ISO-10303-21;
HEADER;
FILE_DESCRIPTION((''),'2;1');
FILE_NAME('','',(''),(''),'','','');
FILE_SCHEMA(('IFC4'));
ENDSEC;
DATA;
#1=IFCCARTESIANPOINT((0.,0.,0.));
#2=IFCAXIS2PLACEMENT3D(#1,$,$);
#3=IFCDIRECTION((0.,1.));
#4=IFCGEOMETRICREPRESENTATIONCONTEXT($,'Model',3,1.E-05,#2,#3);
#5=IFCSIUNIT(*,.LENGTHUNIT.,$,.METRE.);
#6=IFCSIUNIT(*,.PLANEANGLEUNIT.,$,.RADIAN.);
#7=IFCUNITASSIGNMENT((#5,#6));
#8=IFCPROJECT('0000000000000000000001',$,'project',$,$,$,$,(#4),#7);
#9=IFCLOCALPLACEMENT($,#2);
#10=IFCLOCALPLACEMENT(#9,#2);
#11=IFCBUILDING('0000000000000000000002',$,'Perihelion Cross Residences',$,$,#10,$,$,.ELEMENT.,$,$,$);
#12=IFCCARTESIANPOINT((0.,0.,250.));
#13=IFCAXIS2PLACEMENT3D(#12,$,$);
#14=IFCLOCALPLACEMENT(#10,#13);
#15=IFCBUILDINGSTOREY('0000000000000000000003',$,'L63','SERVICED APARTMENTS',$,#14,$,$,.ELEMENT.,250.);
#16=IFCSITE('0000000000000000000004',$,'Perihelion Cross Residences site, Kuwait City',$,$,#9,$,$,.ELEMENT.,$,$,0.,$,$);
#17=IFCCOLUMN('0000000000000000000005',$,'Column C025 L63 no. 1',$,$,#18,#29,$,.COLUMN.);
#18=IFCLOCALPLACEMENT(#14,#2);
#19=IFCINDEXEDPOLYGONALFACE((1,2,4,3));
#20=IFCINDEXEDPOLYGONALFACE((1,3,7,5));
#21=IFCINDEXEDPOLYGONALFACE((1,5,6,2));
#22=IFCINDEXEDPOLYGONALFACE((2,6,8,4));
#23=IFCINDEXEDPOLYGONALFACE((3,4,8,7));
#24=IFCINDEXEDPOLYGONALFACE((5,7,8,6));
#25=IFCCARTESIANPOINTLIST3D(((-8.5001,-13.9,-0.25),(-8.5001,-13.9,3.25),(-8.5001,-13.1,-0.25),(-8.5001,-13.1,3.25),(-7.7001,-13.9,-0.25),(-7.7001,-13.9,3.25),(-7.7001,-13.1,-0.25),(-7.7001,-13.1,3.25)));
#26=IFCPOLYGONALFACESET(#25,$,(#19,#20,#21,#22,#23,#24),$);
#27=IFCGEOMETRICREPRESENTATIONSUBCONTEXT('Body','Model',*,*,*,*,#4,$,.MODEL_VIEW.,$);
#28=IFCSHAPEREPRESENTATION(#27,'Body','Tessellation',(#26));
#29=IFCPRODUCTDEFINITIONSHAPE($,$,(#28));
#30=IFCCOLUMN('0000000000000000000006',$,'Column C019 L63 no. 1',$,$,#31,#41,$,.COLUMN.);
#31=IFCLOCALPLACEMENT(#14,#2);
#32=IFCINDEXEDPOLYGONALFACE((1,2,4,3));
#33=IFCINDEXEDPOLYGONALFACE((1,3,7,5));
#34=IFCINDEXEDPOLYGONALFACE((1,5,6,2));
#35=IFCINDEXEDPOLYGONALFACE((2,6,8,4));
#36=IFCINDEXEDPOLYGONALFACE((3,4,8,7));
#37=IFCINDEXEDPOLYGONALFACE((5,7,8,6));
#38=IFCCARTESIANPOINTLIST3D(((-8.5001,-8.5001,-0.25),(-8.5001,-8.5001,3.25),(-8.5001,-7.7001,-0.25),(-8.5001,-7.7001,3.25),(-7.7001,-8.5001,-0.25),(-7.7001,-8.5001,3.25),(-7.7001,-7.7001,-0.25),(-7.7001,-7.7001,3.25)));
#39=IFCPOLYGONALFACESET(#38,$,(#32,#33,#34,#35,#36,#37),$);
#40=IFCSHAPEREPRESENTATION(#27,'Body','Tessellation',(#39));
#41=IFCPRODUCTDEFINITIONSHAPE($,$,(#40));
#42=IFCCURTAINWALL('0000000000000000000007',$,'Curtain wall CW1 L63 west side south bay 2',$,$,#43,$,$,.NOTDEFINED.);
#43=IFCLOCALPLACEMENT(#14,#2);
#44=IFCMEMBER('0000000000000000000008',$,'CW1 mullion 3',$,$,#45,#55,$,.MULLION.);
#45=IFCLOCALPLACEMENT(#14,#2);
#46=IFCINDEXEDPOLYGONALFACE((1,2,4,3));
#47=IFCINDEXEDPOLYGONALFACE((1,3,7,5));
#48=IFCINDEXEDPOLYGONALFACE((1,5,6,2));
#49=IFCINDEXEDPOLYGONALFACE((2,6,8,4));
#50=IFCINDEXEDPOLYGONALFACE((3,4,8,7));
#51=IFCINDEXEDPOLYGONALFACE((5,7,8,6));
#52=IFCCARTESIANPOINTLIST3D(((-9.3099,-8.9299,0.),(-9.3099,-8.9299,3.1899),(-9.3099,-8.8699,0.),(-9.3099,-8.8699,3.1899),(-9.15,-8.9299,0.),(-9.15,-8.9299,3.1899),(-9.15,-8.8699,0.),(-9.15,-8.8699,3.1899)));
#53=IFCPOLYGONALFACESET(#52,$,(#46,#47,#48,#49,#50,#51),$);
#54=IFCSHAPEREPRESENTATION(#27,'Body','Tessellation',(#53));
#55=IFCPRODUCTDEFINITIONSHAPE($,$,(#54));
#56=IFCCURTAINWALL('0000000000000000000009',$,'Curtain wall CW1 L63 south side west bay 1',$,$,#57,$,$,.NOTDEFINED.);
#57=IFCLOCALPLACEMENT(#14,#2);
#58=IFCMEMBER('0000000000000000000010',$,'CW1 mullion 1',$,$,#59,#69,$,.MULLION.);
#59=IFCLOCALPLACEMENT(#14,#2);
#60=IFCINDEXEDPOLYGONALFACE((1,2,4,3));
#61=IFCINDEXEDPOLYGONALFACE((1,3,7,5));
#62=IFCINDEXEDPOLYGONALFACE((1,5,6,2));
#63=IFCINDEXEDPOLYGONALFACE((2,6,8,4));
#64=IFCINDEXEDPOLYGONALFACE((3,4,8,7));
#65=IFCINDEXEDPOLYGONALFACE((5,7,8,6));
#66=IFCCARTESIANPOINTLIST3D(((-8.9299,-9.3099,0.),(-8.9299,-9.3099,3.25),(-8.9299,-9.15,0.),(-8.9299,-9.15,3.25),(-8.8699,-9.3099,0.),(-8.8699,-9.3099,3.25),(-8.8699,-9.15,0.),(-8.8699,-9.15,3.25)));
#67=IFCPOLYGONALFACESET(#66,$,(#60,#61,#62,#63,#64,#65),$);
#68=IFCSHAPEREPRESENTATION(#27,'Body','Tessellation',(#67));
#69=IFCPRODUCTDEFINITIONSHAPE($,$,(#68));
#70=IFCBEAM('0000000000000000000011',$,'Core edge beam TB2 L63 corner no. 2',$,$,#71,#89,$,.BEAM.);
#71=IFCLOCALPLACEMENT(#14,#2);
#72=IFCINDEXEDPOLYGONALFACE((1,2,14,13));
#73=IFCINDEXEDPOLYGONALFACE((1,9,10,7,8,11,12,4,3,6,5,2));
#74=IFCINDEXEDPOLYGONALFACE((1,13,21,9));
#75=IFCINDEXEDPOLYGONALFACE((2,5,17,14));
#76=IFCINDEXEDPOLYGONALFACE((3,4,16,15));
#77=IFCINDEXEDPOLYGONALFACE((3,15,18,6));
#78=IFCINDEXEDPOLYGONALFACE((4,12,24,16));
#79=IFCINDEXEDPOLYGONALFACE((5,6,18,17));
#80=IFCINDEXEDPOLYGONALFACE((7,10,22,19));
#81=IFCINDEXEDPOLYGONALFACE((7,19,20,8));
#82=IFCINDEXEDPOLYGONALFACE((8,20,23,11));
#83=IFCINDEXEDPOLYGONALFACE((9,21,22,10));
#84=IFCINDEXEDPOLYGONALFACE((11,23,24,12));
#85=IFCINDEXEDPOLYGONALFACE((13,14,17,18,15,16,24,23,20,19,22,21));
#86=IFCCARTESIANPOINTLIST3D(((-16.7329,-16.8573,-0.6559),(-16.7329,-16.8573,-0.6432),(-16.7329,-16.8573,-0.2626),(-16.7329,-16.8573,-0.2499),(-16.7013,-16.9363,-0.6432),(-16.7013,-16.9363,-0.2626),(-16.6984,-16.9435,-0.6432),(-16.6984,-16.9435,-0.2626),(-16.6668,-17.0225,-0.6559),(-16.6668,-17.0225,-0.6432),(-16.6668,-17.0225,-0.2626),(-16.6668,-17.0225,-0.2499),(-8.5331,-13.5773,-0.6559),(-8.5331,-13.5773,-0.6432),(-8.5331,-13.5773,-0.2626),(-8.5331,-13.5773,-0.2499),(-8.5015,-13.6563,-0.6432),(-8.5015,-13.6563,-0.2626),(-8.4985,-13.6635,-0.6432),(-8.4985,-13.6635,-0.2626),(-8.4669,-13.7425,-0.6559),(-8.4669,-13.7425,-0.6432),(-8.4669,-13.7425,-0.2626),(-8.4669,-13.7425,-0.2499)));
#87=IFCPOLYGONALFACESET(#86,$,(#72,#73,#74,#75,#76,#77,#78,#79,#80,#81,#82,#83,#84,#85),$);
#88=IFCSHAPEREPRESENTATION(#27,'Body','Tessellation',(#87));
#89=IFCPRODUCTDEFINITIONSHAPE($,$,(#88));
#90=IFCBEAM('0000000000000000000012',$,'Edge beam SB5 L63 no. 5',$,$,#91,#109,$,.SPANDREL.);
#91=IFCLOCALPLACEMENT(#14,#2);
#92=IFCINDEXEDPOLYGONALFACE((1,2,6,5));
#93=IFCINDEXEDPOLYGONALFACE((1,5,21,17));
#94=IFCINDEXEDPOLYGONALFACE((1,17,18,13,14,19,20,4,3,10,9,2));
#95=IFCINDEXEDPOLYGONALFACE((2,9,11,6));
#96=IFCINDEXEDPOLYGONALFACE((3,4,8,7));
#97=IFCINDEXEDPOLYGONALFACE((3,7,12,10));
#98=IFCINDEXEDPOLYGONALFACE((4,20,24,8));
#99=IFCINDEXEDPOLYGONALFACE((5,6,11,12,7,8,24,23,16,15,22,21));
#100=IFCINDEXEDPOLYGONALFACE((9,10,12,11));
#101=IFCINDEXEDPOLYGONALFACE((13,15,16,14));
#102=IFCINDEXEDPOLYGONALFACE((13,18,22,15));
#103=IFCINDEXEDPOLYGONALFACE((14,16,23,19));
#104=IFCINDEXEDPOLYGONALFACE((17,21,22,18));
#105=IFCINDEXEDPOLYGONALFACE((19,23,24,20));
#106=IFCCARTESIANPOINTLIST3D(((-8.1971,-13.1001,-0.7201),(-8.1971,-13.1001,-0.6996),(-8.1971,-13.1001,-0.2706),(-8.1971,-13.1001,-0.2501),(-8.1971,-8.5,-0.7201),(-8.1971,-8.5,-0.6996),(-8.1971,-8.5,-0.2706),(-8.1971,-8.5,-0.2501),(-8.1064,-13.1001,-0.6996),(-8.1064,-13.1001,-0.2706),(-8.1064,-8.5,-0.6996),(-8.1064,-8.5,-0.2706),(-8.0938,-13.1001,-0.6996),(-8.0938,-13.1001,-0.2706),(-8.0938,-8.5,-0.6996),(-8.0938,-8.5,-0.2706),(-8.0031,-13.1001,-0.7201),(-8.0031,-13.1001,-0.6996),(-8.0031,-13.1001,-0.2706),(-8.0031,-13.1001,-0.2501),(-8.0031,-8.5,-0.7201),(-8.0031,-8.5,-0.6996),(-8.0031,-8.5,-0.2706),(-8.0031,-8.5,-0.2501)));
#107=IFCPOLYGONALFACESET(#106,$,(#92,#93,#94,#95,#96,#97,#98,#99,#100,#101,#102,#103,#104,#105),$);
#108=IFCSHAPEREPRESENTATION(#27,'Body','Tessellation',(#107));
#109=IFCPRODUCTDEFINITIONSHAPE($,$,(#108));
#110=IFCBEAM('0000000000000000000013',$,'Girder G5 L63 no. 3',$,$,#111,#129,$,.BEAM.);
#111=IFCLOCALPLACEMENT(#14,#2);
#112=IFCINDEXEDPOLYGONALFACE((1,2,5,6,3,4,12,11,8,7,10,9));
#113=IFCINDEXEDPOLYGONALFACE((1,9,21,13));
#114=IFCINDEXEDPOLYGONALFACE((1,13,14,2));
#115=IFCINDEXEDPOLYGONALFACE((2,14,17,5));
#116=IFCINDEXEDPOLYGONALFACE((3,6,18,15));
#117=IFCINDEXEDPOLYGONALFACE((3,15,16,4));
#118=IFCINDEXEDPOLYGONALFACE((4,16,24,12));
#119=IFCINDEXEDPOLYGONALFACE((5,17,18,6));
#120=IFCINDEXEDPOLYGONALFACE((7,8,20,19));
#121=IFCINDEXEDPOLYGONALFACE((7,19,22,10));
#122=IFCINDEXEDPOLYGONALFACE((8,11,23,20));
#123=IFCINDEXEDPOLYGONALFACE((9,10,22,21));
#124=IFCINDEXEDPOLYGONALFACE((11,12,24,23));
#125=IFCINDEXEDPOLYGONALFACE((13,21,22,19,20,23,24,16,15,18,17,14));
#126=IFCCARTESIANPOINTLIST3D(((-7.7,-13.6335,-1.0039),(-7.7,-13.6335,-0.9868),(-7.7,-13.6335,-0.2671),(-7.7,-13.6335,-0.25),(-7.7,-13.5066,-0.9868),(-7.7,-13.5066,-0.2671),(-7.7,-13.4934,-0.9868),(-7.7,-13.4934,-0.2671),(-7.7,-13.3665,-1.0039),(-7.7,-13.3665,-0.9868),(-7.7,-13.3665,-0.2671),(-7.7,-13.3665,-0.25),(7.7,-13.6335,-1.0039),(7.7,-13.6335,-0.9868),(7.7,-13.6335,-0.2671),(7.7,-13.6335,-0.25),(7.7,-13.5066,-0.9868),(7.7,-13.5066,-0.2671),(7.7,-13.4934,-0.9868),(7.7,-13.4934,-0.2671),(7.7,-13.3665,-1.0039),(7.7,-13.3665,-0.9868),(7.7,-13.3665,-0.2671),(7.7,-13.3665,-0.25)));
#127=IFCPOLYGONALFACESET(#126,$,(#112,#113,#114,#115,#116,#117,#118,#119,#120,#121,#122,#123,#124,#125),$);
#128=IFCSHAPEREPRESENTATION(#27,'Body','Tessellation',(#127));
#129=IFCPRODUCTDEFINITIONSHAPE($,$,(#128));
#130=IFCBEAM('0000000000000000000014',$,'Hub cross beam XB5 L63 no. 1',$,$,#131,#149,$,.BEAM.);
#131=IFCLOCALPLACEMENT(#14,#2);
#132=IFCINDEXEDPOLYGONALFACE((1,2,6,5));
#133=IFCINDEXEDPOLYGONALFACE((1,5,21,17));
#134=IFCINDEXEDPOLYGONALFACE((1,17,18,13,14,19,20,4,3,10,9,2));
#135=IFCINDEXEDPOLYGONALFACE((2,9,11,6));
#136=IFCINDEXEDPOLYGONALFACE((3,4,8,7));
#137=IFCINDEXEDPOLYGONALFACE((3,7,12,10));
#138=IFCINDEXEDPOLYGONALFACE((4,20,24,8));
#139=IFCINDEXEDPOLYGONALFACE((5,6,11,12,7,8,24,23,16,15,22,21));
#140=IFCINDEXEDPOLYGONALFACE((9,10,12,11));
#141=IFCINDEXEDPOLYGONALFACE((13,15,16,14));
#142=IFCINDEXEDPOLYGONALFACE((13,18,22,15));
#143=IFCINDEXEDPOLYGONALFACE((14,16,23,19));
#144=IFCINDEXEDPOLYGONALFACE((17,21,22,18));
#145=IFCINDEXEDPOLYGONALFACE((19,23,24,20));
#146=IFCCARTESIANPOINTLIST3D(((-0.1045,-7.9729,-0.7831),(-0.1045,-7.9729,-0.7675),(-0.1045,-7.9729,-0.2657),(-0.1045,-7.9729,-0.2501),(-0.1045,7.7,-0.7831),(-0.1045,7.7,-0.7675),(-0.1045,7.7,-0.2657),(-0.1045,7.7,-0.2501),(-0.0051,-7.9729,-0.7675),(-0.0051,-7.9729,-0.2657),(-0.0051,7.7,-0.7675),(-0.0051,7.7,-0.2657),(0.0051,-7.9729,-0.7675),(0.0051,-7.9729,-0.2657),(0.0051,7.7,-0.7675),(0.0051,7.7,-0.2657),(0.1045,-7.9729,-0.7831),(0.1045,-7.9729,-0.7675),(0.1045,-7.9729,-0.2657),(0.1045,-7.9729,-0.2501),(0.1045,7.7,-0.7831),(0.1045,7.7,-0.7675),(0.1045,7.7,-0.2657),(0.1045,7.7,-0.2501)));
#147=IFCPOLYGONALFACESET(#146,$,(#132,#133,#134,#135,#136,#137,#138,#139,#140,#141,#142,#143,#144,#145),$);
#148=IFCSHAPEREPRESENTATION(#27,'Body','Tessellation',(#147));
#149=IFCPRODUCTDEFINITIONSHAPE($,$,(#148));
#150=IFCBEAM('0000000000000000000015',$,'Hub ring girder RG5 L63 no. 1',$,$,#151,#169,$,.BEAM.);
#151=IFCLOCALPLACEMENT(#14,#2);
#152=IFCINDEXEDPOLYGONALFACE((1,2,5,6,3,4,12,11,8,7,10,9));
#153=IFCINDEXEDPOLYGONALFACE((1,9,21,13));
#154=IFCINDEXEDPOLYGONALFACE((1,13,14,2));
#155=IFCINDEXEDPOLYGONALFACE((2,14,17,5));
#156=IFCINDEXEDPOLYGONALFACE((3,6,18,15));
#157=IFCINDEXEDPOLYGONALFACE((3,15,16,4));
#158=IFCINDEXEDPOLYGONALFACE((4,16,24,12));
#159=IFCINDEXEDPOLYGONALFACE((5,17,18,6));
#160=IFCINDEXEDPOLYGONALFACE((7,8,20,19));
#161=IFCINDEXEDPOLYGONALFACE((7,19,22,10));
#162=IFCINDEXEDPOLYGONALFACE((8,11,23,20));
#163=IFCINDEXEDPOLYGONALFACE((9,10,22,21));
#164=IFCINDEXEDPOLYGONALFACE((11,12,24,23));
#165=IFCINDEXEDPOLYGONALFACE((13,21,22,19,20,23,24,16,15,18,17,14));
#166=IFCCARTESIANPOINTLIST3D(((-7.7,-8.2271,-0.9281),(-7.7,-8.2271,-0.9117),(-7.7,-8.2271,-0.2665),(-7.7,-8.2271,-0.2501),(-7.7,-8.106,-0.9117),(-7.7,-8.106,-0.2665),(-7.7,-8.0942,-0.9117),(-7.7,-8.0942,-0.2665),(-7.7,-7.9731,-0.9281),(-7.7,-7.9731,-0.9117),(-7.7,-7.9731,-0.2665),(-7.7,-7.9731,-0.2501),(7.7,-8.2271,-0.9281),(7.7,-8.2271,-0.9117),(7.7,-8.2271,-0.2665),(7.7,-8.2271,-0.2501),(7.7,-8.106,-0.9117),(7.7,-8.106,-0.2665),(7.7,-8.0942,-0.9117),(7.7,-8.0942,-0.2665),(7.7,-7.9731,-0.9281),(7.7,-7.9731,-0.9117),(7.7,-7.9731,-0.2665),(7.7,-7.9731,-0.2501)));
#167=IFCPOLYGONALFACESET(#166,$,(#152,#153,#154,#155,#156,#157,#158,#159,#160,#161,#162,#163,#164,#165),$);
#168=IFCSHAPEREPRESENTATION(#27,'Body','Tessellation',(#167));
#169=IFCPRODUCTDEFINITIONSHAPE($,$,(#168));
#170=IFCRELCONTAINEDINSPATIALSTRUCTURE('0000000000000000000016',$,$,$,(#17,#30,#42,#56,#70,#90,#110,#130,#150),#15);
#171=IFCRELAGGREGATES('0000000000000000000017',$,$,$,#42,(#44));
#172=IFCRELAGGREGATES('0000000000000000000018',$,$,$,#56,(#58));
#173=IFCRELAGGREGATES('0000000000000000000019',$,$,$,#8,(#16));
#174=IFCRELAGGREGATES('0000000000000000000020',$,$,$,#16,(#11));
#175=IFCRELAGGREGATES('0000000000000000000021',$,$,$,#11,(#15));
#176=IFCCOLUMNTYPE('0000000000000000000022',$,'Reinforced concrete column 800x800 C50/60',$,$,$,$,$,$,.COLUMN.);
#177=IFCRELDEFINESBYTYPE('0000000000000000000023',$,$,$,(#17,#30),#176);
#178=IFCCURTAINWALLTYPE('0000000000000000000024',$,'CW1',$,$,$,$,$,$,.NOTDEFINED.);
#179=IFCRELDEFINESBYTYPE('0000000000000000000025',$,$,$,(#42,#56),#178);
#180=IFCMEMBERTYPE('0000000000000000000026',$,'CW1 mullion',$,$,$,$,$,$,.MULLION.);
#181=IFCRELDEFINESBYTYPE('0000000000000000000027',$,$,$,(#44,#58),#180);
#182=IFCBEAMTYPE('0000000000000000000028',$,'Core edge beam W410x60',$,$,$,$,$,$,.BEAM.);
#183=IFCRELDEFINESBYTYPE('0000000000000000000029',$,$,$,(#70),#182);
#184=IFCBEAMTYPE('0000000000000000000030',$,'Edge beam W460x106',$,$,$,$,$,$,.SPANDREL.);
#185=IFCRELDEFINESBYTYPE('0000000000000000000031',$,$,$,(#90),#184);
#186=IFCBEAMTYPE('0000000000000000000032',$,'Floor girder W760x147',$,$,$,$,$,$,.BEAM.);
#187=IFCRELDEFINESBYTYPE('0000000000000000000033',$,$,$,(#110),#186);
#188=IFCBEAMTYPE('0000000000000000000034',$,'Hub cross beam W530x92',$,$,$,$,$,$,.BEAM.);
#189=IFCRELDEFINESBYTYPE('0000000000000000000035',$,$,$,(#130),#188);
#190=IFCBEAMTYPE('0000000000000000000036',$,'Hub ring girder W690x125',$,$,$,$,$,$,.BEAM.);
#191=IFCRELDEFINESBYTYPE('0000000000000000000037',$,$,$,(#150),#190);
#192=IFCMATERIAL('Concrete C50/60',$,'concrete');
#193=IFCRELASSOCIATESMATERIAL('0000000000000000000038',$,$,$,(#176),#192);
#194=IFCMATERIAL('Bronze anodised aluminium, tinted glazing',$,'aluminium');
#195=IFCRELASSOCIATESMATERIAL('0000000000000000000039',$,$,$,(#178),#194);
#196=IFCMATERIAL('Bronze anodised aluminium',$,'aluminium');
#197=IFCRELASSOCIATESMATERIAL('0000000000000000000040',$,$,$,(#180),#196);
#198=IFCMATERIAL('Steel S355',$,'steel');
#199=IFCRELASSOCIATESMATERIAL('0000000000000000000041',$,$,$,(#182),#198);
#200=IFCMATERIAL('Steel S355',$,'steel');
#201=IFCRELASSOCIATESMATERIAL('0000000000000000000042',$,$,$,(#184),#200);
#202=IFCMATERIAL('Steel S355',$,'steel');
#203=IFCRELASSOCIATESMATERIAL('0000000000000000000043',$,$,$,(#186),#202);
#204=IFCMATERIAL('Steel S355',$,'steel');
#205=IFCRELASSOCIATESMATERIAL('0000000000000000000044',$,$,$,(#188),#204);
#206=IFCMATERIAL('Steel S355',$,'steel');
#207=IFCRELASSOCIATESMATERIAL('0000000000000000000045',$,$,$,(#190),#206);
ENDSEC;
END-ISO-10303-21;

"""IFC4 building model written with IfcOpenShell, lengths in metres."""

from ifc_helpers import new_model, si_unit, direction, frame, origin, origin_2d, place, context, subcontext, project, spatial, rectangle, i_section, extrude, material, material_profile, profile_set, type_object, element, aggregate, save


model = new_model("IFC4")

# Units and contexts
model_context = context("Model", 3, precision=1e-05, world=origin(), true_north=direction((0.0, 1.0)))
body_context = subcontext(model_context, "Body", "Model", "MODEL_VIEW")
ifc_project = project(units=[si_unit("LENGTHUNIT", "METRE"), si_unit("PLANEANGLEUNIT", "RADIAN")], contexts=[model_context])

# Site, building, storey
site_placement = place(None, origin())
site = spatial("IfcSite", under=ifc_project, at=site_placement, Name="Perihelion Cross Residences site, Kuwait City", CompositionType="ELEMENT", RefElevation=0.0)
building_placement = place(site_placement, origin())
building = spatial("IfcBuilding", under=site, at=building_placement, Name="Perihelion Cross Residences", CompositionType="ELEMENT")
storey_placement = place(building_placement, frame((0.0, 0.0, 250.0)))
storey = spatial("IfcBuildingStorey", under=building, at=storey_placement, Name="L63", Description="SERVICED APARTMENTS", CompositionType="ELEMENT", Elevation=250.0)

# Columns
ifc_material_1 = material(Name="Concrete C50/60", Category="concrete")
ifc_material_profile_1 = material_profile(ifc_material_1, rectangle(XDim=0.8, YDim=0.8, at=origin_2d()), Name="RC 800x800")
ifc_profile_set_1 = profile_set([ifc_material_profile_1], Name="Concrete C50/60")
column_type = type_object("IfcColumnType", Name="Reinforced concrete column 800x800 C50/60", PredefinedType="COLUMN", material=ifc_profile_set_1)
for number, where, z_axis, x_axis, name in (
    (1, (-8.1001, -13.5, -0.25), (0.0, 0.0, 1.0), (1.0, 0.0, 0.0), "Column C025 L63 no. 1"),
    (2, (-8.1001, -8.1001, -0.25), (0.0, 0.0, 1.0), (1.0, 0.0, 0.0), "Column C019 L63 no. 1"),
):
    element("IfcColumn", number, at=place(storey_placement, frame(where, z_axis=z_axis, x_axis=x_axis)), inside=storey, type_object=column_type, Name=name, PredefinedType="COLUMN", context=body_context, shape_type="SweptSolid", body=[
        extrude(rectangle(XDim=0.8, YDim=0.8, at=origin_2d()), origin(), (0.0, 0.0, 1.0), 3.5),
    ])

# Curtain walls, members
ifc_material_2 = material(Name="Bronze anodised aluminium, tinted glazing", Category="aluminium")
curtain_wall_type = type_object("IfcCurtainWallType", Name="CW1", PredefinedType="NOTDEFINED", material=ifc_material_2)
curtain_wall_1_placement = place(storey_placement, origin())
curtain_wall_1 = element("IfcCurtainWall", 3, at=curtain_wall_1_placement, inside=storey, type_object=curtain_wall_type, Name="Curtain wall CW1 L63 west side south bay 2", PredefinedType="NOTDEFINED")
ifc_material_3 = material(Name="Bronze anodised aluminium", Category="aluminium")
ifc_material_profile_2 = material_profile(ifc_material_3, rectangle(XDim=0.0601, YDim=0.1599, at=origin_2d()), Name="CW1 mullion")
ifc_profile_set_2 = profile_set([ifc_material_profile_2], Name="Bronze anodised aluminium")
member_type = type_object("IfcMemberType", Name="CW1 mullion", PredefinedType="MULLION", material=ifc_profile_set_2)
member_1_placement = place(storey_placement, frame((-9.23, -8.8999, 0.0), z_axis=(0.0, 0.0, 1.0), x_axis=(0.0, 1.0, 0.0)))
member_1 = element("IfcMember", 4, at=member_1_placement, type_object=member_type, Name="CW1 mullion 3", PredefinedType="MULLION", context=body_context, shape_type="SweptSolid", body=[
    extrude(rectangle(XDim=0.0601, YDim=0.1599, at=origin_2d()), origin(), (0.0, 0.0, 1.0), 3.1899),
])
curtain_wall_2_placement = place(storey_placement, origin())
curtain_wall_2 = element("IfcCurtainWall", 5, at=curtain_wall_2_placement, inside=storey, type_object=curtain_wall_type, Name="Curtain wall CW1 L63 south side west bay 1", PredefinedType="NOTDEFINED")
member_2_placement = place(storey_placement, frame((-8.8999, -9.23, 0.0), z_axis=(0.0, 0.0, 1.0), x_axis=(1.0, 0.0, 0.0)))
member_2 = element("IfcMember", 6, at=member_2_placement, type_object=member_type, Name="CW1 mullion 1", PredefinedType="MULLION", context=body_context, shape_type="SweptSolid", body=[
    extrude(rectangle(XDim=0.0601, YDim=0.1599, at=origin_2d()), origin(), (0.0, 0.0, 1.0), 3.25),
])

# Beams
ifc_material_4 = material(Name="Steel S355", Category="steel")
ifc_material_profile_3 = material_profile(ifc_material_4, i_section(OverallWidth=0.178, OverallDepth=0.406, WebThickness=0.0078, FlangeThickness=0.0127, at=origin_2d()), Name="W410x60")
ifc_profile_set_3 = profile_set([ifc_material_profile_3], Name="Steel S355")
beam_type_1 = type_object("IfcBeamType", Name="Core edge beam W410x60", PredefinedType="BEAM", material=ifc_profile_set_3)
beam_1_placement = place(storey_placement, frame((-8.5, -13.6599, -0.4529), z_axis=(-0.928475, -0.371395, 0.0), x_axis=(0.371395, -0.928475, 0.0)))
element("IfcBeam", 7, at=beam_1_placement, inside=storey, type_object=beam_type_1, Name="Core edge beam TB2 L63 corner no. 2", PredefinedType="BEAM", context=body_context, shape_type="SweptSolid", body=[
    extrude(i_section(OverallWidth=0.178, OverallDepth=0.406, WebThickness=0.0078, FlangeThickness=0.0127, at=origin_2d()), origin(), (0.0, 0.0, 1.0), 8.8315),
])
ifc_material_5 = material(Name="Steel S355", Category="steel")
ifc_material_profile_4 = material_profile(ifc_material_5, i_section(OverallWidth=0.1941, OverallDepth=0.47, WebThickness=0.0127, FlangeThickness=0.0205, at=origin_2d()), Name="W460x106")
ifc_profile_set_4 = profile_set([ifc_material_profile_4], Name="Steel S355")
beam_type_2 = type_object("IfcBeamType", Name="Edge beam W460x106", PredefinedType="SPANDREL", material=ifc_profile_set_4)
beam_2_placement = place(storey_placement, frame((-8.1001, -8.5, -0.4851), z_axis=(0.0, -1.0, 0.0), x_axis=(1.0, 0.0, 0.0)))
element("IfcBeam", 8, at=beam_2_placement, inside=storey, type_object=beam_type_2, Name="Edge beam SB5 L63 no. 5", PredefinedType="SPANDREL", context=body_context, shape_type="SweptSolid", body=[
    extrude(i_section(OverallWidth=0.1941, OverallDepth=0.47, WebThickness=0.0127, FlangeThickness=0.0205, at=origin_2d()), origin(), (0.0, 0.0, 1.0), 4.6001),
])
ifc_material_6 = material(Name="Steel S355", Category="steel")
ifc_material_profile_5 = material_profile(ifc_material_6, i_section(OverallWidth=0.2671, OverallDepth=0.7539, WebThickness=0.0132, FlangeThickness=0.0171, at=origin_2d()), Name="W760x147")
ifc_profile_set_5 = profile_set([ifc_material_profile_5], Name="Steel S355")
beam_type_3 = type_object("IfcBeamType", Name="Floor girder W760x147", PredefinedType="BEAM", material=ifc_profile_set_5)
beam_3_placement = place(storey_placement, frame((-7.7, -13.5, -0.627), z_axis=(1.0, 0.0, 0.0), x_axis=(0.0, 1.0, 0.0)))
element("IfcBeam", 9, at=beam_3_placement, inside=storey, type_object=beam_type_3, Name="Girder G5 L63 no. 3", PredefinedType="BEAM", context=body_context, shape_type="SweptSolid", body=[
    extrude(i_section(OverallWidth=0.2671, OverallDepth=0.7539, WebThickness=0.0132, FlangeThickness=0.0171, at=origin_2d()), origin(), (0.0, 0.0, 1.0), 15.3999),
])
ifc_material_7 = material(Name="Steel S355", Category="steel")
ifc_material_profile_6 = material_profile(ifc_material_7, i_section(OverallWidth=0.209, OverallDepth=0.533, WebThickness=0.0103, FlangeThickness=0.0156, at=origin_2d()), Name="W530x92")
ifc_profile_set_6 = profile_set([ifc_material_profile_6], Name="Steel S355")
beam_type_4 = type_object("IfcBeamType", Name="Hub cross beam W530x92", PredefinedType="BEAM", material=ifc_profile_set_6)
beam_4_placement = place(storey_placement, frame((0.0, -7.9729, -0.5166), z_axis=(0.0, 1.0, 0.0), x_axis=(-1.0, 0.0, 0.0)))
element("IfcBeam", 10, at=beam_4_placement, inside=storey, type_object=beam_type_4, Name="Hub cross beam XB5 L63 no. 1", PredefinedType="BEAM", context=body_context, shape_type="SweptSolid", body=[
    extrude(i_section(OverallWidth=0.209, OverallDepth=0.533, WebThickness=0.0103, FlangeThickness=0.0156, at=origin_2d()), origin(), (0.0, 0.0, 1.0), 15.6729),
])
ifc_material_8 = material(Name="Steel S355", Category="steel")
ifc_material_profile_7 = material_profile(ifc_material_8, i_section(OverallWidth=0.2539, OverallDepth=0.678, WebThickness=0.0117, FlangeThickness=0.0164, at=origin_2d()), Name="W690x125")
ifc_profile_set_7 = profile_set([ifc_material_profile_7], Name="Steel S355")
beam_type_5 = type_object("IfcBeamType", Name="Hub ring girder W690x125", PredefinedType="BEAM", material=ifc_profile_set_7)
beam_5_placement = place(storey_placement, frame((-7.7, -8.1001, -0.5891), z_axis=(1.0, 0.0, 0.0), x_axis=(0.0, 1.0, 0.0)))
element("IfcBeam", 11, at=beam_5_placement, inside=storey, type_object=beam_type_5, Name="Hub ring girder RG5 L63 no. 1", PredefinedType="BEAM", context=body_context, shape_type="SweptSolid", body=[
    extrude(i_section(OverallWidth=0.2539, OverallDepth=0.678, WebThickness=0.0117, FlangeThickness=0.0164, at=origin_2d()), origin(), (0.0, 0.0, 1.0), 15.3999),
])

aggregate(curtain_wall_1, [member_1])
aggregate(curtain_wall_2, [member_2])

save(model, "model.ifc")
